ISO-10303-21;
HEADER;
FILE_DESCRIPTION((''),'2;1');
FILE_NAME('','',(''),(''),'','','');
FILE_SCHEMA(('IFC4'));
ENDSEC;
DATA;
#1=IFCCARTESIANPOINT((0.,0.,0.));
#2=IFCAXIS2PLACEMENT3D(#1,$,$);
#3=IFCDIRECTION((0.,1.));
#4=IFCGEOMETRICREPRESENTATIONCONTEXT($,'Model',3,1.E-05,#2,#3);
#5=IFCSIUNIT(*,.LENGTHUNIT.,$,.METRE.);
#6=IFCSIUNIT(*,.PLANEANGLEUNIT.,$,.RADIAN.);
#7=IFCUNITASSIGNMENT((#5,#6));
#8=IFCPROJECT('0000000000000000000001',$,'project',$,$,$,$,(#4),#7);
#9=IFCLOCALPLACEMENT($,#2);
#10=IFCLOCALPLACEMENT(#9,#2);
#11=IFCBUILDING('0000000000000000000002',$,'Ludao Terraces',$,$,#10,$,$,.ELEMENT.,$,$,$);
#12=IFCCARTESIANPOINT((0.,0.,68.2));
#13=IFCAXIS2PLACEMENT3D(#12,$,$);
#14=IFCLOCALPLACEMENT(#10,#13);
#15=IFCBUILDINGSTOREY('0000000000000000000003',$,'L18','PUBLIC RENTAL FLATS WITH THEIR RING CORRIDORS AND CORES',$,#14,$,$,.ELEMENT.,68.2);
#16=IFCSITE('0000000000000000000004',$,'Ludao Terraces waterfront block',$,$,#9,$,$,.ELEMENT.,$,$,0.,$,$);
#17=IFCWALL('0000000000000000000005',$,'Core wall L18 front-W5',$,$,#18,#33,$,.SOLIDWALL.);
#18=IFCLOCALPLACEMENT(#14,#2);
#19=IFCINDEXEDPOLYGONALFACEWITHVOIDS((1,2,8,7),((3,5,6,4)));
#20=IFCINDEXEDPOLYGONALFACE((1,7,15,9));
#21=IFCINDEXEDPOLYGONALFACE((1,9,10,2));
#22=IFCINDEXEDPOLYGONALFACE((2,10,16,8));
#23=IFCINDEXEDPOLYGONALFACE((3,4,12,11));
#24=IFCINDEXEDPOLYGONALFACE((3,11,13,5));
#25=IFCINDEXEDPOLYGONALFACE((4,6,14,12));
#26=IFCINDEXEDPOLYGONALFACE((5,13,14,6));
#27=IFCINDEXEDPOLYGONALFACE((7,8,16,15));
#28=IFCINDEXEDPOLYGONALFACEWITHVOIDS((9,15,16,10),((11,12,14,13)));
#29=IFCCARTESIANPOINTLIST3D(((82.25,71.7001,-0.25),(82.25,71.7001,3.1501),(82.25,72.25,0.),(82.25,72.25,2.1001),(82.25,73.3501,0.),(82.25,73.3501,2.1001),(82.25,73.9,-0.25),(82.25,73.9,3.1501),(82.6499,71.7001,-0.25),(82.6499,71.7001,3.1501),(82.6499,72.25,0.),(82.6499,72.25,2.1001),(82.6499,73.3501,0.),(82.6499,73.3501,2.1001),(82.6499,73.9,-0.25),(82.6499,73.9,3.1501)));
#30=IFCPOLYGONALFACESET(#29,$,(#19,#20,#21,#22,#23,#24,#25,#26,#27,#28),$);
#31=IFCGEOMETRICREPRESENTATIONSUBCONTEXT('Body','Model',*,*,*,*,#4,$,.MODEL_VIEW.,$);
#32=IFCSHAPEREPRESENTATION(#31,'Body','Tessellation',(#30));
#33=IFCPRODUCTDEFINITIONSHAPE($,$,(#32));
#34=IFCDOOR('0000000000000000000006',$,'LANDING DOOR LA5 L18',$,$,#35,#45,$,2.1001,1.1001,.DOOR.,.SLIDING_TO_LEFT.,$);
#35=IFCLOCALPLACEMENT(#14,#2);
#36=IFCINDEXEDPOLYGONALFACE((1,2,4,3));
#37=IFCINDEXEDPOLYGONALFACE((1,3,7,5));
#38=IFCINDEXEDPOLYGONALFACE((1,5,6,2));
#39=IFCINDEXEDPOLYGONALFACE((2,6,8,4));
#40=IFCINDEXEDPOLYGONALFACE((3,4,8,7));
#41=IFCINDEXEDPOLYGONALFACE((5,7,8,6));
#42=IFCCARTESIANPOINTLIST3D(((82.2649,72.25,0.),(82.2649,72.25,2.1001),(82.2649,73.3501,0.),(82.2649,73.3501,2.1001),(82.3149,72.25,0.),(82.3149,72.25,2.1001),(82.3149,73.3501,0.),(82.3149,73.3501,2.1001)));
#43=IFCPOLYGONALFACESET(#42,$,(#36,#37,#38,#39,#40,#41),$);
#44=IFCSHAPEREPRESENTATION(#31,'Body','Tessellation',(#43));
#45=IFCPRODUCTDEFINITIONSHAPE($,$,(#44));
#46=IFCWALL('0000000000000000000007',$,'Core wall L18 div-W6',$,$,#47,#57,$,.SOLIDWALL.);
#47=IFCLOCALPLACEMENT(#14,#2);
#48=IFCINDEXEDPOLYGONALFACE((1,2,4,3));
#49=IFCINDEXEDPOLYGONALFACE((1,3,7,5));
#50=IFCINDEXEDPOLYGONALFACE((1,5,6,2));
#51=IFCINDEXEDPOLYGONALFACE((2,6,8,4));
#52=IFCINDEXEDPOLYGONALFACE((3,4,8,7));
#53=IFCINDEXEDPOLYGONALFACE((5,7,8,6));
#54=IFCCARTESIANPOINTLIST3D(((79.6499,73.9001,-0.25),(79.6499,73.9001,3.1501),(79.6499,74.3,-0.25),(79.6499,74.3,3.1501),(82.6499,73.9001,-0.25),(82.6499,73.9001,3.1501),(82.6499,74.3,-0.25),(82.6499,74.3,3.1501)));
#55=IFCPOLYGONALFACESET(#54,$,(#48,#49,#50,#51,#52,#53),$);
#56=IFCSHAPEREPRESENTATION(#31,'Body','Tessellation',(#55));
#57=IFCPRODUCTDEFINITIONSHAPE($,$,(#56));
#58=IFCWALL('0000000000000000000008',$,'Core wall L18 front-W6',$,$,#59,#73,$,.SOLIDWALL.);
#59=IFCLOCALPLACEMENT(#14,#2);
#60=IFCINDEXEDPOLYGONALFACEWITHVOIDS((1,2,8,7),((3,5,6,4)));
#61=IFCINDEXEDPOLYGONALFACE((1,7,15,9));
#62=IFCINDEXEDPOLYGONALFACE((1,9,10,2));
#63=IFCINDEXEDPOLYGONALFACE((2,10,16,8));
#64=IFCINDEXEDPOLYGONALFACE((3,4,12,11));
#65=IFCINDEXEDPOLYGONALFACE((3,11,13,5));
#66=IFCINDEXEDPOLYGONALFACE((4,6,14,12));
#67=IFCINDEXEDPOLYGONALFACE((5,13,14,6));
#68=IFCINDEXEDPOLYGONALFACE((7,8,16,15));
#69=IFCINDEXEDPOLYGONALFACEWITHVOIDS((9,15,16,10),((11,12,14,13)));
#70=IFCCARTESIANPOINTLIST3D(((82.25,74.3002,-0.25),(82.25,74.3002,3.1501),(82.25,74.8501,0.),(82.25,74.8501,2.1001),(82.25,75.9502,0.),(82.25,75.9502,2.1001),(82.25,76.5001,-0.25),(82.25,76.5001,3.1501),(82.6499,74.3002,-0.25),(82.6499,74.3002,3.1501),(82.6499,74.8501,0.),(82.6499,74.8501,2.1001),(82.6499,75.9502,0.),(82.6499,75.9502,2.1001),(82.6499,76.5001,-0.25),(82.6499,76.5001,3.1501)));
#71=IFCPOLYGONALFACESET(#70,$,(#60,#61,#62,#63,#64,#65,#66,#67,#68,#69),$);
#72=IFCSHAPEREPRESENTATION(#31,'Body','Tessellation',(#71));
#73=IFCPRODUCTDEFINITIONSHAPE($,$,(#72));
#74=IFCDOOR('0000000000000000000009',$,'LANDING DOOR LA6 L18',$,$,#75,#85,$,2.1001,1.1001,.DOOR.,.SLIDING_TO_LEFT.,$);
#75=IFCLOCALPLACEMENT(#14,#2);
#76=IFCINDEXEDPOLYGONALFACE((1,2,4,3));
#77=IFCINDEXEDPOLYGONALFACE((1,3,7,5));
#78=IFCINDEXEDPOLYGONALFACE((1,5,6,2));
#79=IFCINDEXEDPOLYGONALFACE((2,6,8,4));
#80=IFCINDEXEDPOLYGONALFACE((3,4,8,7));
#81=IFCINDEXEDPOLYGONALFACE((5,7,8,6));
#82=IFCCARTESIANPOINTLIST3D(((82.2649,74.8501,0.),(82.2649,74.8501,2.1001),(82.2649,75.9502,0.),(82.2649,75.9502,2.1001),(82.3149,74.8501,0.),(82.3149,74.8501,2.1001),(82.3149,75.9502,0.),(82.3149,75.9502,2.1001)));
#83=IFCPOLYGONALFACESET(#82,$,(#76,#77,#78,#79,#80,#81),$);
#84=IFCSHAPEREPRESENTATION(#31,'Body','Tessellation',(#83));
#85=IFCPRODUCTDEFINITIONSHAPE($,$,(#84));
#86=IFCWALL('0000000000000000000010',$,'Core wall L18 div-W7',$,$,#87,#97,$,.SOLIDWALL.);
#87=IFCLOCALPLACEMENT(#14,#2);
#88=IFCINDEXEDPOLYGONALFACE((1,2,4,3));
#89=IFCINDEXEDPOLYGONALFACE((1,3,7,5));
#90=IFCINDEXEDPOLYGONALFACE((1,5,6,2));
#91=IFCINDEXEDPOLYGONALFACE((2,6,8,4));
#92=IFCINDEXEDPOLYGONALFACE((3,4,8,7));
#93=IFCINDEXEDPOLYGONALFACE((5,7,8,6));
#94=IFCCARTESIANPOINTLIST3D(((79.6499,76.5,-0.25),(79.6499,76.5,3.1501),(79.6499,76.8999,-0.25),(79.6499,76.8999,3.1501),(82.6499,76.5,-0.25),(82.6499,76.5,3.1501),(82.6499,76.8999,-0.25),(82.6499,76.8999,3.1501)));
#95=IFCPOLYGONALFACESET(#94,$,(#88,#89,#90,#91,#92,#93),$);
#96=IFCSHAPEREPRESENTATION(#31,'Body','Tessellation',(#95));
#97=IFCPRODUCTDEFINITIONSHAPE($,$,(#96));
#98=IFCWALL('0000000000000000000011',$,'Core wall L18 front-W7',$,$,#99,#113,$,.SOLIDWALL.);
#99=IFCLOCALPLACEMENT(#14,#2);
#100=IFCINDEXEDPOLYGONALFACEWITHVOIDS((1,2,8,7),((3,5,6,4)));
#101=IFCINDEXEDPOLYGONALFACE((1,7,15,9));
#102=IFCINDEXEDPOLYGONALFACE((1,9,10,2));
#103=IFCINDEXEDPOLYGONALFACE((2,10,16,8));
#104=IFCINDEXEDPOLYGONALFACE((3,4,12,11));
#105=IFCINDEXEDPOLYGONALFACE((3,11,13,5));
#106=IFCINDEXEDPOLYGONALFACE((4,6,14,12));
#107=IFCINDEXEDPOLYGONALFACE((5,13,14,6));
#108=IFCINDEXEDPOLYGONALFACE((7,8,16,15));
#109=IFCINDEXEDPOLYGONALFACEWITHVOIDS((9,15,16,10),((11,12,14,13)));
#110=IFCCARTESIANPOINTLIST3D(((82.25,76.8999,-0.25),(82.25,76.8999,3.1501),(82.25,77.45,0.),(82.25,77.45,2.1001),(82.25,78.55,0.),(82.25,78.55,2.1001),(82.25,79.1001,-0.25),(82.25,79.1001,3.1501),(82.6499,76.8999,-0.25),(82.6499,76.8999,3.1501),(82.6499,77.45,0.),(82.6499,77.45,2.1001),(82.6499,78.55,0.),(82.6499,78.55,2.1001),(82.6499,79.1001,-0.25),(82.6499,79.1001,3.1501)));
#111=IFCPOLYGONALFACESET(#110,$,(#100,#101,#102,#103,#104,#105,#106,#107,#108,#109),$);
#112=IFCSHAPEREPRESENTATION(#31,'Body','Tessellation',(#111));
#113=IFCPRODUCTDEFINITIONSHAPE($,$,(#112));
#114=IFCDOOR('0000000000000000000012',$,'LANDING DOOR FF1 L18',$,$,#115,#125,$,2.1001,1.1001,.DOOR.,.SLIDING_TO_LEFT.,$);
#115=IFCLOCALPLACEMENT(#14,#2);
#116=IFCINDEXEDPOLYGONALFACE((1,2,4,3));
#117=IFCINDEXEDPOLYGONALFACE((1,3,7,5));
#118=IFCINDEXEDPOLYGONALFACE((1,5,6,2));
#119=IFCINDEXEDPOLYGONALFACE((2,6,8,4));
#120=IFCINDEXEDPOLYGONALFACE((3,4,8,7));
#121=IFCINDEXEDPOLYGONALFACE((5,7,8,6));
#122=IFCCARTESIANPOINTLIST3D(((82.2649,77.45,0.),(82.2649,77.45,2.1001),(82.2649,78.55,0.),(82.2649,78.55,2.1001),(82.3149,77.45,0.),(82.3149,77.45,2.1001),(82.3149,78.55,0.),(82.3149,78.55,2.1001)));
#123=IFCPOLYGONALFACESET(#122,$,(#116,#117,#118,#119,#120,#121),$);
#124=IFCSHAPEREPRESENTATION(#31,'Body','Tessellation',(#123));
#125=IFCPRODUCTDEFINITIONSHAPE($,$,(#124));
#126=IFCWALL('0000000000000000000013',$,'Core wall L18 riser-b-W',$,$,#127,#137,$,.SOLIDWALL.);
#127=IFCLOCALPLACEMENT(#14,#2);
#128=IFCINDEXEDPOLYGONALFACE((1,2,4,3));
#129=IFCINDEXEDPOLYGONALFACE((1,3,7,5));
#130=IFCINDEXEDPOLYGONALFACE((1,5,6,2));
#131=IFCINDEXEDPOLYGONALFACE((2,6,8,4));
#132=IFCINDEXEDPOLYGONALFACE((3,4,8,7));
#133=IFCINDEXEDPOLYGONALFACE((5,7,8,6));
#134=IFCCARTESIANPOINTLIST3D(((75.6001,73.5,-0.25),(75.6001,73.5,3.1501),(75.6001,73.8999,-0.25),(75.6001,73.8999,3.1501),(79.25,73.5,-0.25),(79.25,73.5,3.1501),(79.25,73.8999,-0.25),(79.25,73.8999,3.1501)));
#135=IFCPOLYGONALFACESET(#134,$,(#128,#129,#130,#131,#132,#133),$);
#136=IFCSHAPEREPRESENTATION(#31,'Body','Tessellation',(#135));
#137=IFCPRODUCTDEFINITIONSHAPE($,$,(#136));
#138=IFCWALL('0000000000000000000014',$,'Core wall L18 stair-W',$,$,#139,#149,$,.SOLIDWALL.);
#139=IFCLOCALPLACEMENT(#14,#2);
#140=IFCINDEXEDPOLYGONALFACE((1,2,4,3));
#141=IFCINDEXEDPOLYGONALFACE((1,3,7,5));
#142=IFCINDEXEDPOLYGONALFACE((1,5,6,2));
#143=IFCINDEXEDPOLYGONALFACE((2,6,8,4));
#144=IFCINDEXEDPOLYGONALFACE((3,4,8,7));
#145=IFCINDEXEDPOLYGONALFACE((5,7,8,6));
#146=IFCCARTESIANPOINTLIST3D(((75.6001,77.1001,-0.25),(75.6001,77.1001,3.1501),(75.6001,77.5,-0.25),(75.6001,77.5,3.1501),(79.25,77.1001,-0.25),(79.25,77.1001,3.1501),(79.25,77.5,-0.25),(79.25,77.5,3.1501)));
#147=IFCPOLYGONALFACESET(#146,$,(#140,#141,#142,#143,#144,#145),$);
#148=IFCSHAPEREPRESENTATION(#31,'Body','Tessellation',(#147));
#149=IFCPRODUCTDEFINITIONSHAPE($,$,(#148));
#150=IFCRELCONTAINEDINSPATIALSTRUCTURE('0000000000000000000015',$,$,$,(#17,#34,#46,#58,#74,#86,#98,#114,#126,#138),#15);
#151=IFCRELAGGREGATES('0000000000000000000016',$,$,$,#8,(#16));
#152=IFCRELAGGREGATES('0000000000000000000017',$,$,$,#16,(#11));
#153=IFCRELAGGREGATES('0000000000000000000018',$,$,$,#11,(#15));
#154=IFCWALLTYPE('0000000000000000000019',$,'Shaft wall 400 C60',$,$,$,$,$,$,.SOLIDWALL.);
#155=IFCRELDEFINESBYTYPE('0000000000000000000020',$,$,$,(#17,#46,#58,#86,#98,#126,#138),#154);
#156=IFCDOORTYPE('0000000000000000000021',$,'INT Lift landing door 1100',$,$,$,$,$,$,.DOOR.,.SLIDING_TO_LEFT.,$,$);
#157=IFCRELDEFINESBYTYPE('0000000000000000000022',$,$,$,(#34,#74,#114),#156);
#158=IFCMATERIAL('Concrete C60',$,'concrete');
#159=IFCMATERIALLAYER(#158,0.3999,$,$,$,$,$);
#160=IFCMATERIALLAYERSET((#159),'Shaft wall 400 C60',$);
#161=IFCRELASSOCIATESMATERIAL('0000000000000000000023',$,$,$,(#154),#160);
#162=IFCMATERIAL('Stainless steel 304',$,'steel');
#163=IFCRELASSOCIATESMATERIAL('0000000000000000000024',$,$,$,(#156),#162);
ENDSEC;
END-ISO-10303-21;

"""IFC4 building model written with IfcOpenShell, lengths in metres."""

from ifc_helpers import new_model, si_unit, direction, frame, frame_2d, origin, place, context, subcontext, project, spatial, rectangle, extrude, material, layer, layer_set, type_object, element, fill, save


model = new_model("IFC4")

# Units and contexts
model_context = context("Model", 3, precision=1e-05, world=origin(), true_north=direction((0.0, 1.0)))
body_context = subcontext(model_context, "Body", "Model", "MODEL_VIEW")
ifc_project = project(units=[si_unit("LENGTHUNIT", "METRE"), si_unit("PLANEANGLEUNIT", "RADIAN")], contexts=[model_context])

# Site, building, storey
site_placement = place(None, origin())
site = spatial("IfcSite", under=ifc_project, at=site_placement, Name="Ludao Terraces waterfront block", CompositionType="ELEMENT", RefElevation=0.0)
building_placement = place(site_placement, origin())
building = spatial("IfcBuilding", under=site, at=building_placement, Name="Ludao Terraces", CompositionType="ELEMENT")
storey_placement = place(building_placement, frame((0.0, 0.0, 68.2)))
storey = spatial("IfcBuildingStorey", under=building, at=storey_placement, Name="L18", Description="PUBLIC RENTAL FLATS WITH THEIR RING CORRIDORS AND CORES", CompositionType="ELEMENT", Elevation=68.2)

# Shared definitions
ifc_material_1 = material(Name="Concrete C60", Category="concrete")
ifc_layer_1 = layer(ifc_material_1, 0.3999)
ifc_layer_set_1 = layer_set([ifc_layer_1], Name="Shaft wall 400 C60")
wall_type_1 = type_object("IfcWallType", Name="Shaft wall 400 C60", PredefinedType="SOLIDWALL", material=ifc_layer_set_1)

# Wall, opening, door
wall_1_placement = place(storey_placement, frame((82.45, 71.7, -0.25), z_axis=(0.0, 0.0, 1.0), x_axis=(0.0, 1.0, 0.0)))
wall_1 = element("IfcWall", 1, at=wall_1_placement, inside=storey, type_object=wall_type_1, Name="Core wall L18 front-W5", PredefinedType="SOLIDWALL", context=body_context, shape_type="SweptSolid", body=[
    extrude(rectangle(XDim=2.2, YDim=0.3999, at=frame_2d((1.1001, 0.0))), origin(), (0.0, 0.0, 1.0), 3.4001),
])
opening_1_placement = place(wall_1_placement, frame((0.55, 0.0, 0.25)))
opening_1 = element("IfcOpeningElement", 2, at=opening_1_placement, cuts=wall_1, PredefinedType="OPENING", context=body_context, shape_type="SweptSolid", body=[
    extrude(rectangle(XDim=1.1001, YDim=2.1001, at=frame_2d((0.55, 1.05))), frame((0.0, 0.21, 0.0), z_axis=(0.0, -1.0, 0.0), x_axis=(1.0, 0.0, 0.0)), (0.0, 0.0, 1.0), 0.4199),
])
ifc_material_2 = material(Name="Stainless steel 304", Category="steel")
door_type_1 = type_object("IfcDoorType", Name="INT Lift landing door 1100", OperationType="SLIDING_TO_LEFT", PredefinedType="DOOR", material=ifc_material_2)
door_1_placement = place(opening_1_placement, origin())
door_1 = element("IfcDoor", 3, at=door_1_placement, inside=storey, type_object=door_type_1, Name="LANDING DOOR LA5 L18", OperationType="SLIDING_TO_LEFT", OverallHeight=2.1001, OverallWidth=1.1001, PredefinedType="DOOR", context=body_context, shape_type="SweptSolid", body=[
    extrude(rectangle(XDim=1.1001, YDim=2.1001, at=frame_2d((0.55, 1.05))), frame((0.0, 0.1851, 0.0), z_axis=(0.0, -1.0, 0.0), x_axis=(1.0, 0.0, 0.0)), (0.0, 0.0, 1.0), 0.05),
])
fill(opening_1, door_1)

# Wall
wall_2_placement = place(storey_placement, frame((79.6499, 74.1001, -0.25), z_axis=(0.0, 0.0, 1.0), x_axis=(1.0, 0.0, 0.0)))
element("IfcWall", 4, at=wall_2_placement, inside=storey, type_object=wall_type_1, Name="Core wall L18 div-W6", PredefinedType="SOLIDWALL", context=body_context, shape_type="SweptSolid", body=[
    extrude(rectangle(XDim=3.0, YDim=0.3999, at=frame_2d((1.5, 0.0))), origin(), (0.0, 0.0, 1.0), 3.4001),
])

# Wall, opening, door
wall_3_placement = place(storey_placement, frame((82.45, 74.3, -0.25), z_axis=(0.0, 0.0, 1.0), x_axis=(0.0, 1.0, 0.0)))
wall_3 = element("IfcWall", 5, at=wall_3_placement, inside=storey, type_object=wall_type_1, Name="Core wall L18 front-W6", PredefinedType="SOLIDWALL", context=body_context, shape_type="SweptSolid", body=[
    extrude(rectangle(XDim=2.2, YDim=0.3999, at=frame_2d((1.1001, 0.0))), origin(), (0.0, 0.0, 1.0), 3.4001),
])
opening_2_placement = place(wall_3_placement, frame((0.55, 0.0, 0.25)))
opening_2 = element("IfcOpeningElement", 6, at=opening_2_placement, cuts=wall_3, PredefinedType="OPENING", context=body_context, shape_type="SweptSolid", body=[
    extrude(rectangle(XDim=1.1001, YDim=2.1001, at=frame_2d((0.55, 1.05))), frame((0.0, 0.21, 0.0), z_axis=(0.0, -1.0, 0.0), x_axis=(1.0, 0.0, 0.0)), (0.0, 0.0, 1.0), 0.4199),
])
door_2_placement = place(opening_2_placement, origin())
door_2 = element("IfcDoor", 7, at=door_2_placement, inside=storey, type_object=door_type_1, Name="LANDING DOOR LA6 L18", OperationType="SLIDING_TO_LEFT", OverallHeight=2.1001, OverallWidth=1.1001, PredefinedType="DOOR", context=body_context, shape_type="SweptSolid", body=[
    extrude(rectangle(XDim=1.1001, YDim=2.1001, at=frame_2d((0.55, 1.05))), frame((0.0, 0.1851, 0.0), z_axis=(0.0, -1.0, 0.0), x_axis=(1.0, 0.0, 0.0)), (0.0, 0.0, 1.0), 0.05),
])
fill(opening_2, door_2)

# Wall
wall_4_placement = place(storey_placement, frame((79.6499, 76.7, -0.25), z_axis=(0.0, 0.0, 1.0), x_axis=(1.0, 0.0, 0.0)))
element("IfcWall", 8, at=wall_4_placement, inside=storey, type_object=wall_type_1, Name="Core wall L18 div-W7", PredefinedType="SOLIDWALL", context=body_context, shape_type="SweptSolid", body=[
    extrude(rectangle(XDim=3.0, YDim=0.3999, at=frame_2d((1.5, 0.0))), origin(), (0.0, 0.0, 1.0), 3.4001),
])

# Wall, opening, door
wall_5_placement = place(storey_placement, frame((82.45, 76.8999, -0.25), z_axis=(0.0, 0.0, 1.0), x_axis=(0.0, 1.0, 0.0)))
wall_5 = element("IfcWall", 9, at=wall_5_placement, inside=storey, type_object=wall_type_1, Name="Core wall L18 front-W7", PredefinedType="SOLIDWALL", context=body_context, shape_type="SweptSolid", body=[
    extrude(rectangle(XDim=2.2002, YDim=0.3999, at=frame_2d((1.1001, 0.0))), origin(), (0.0, 0.0, 1.0), 3.4001),
])
opening_3_placement = place(wall_5_placement, frame((0.55, 0.0, 0.25)))
opening_3 = element("IfcOpeningElement", 10, at=opening_3_placement, cuts=wall_5, PredefinedType="OPENING", context=body_context, shape_type="SweptSolid", body=[
    extrude(rectangle(XDim=1.1001, YDim=2.1001, at=frame_2d((0.55, 1.05))), frame((0.0, 0.21, 0.0), z_axis=(0.0, -1.0, 0.0), x_axis=(1.0, 0.0, 0.0)), (0.0, 0.0, 1.0), 0.4199),
])
door_3_placement = place(opening_3_placement, origin())
door_3 = element("IfcDoor", 11, at=door_3_placement, inside=storey, type_object=door_type_1, Name="LANDING DOOR FF1 L18", OperationType="SLIDING_TO_LEFT", OverallHeight=2.1001, OverallWidth=1.1001, PredefinedType="DOOR", context=body_context, shape_type="SweptSolid", body=[
    extrude(rectangle(XDim=1.1001, YDim=2.1001, at=frame_2d((0.55, 1.05))), frame((0.0, 0.1851, 0.0), z_axis=(0.0, -1.0, 0.0), x_axis=(1.0, 0.0, 0.0)), (0.0, 0.0, 1.0), 0.05),
])
fill(opening_3, door_3)

# Walls
for number, where, z_axis, x_axis, name in (
    (12, (75.6001, 73.7, -0.25), (0.0, 0.0, 1.0), (1.0, 0.0, 0.0), "Core wall L18 riser-b-W"),
    (13, (75.6001, 77.3, -0.25), (0.0, 0.0, 1.0), (1.0, 0.0, 0.0), "Core wall L18 stair-W"),
):
    element("IfcWall", number, at=place(storey_placement, frame(where, z_axis=z_axis, x_axis=x_axis)), inside=storey, type_object=wall_type_1, Name=name, PredefinedType="SOLIDWALL", context=body_context, shape_type="SweptSolid", body=[
        extrude(rectangle(XDim=3.6499, YDim=0.3999, at=frame_2d((1.825, 0.0))), origin(), (0.0, 0.0, 1.0), 3.4001),
    ])

save(model, "model.ifc")
